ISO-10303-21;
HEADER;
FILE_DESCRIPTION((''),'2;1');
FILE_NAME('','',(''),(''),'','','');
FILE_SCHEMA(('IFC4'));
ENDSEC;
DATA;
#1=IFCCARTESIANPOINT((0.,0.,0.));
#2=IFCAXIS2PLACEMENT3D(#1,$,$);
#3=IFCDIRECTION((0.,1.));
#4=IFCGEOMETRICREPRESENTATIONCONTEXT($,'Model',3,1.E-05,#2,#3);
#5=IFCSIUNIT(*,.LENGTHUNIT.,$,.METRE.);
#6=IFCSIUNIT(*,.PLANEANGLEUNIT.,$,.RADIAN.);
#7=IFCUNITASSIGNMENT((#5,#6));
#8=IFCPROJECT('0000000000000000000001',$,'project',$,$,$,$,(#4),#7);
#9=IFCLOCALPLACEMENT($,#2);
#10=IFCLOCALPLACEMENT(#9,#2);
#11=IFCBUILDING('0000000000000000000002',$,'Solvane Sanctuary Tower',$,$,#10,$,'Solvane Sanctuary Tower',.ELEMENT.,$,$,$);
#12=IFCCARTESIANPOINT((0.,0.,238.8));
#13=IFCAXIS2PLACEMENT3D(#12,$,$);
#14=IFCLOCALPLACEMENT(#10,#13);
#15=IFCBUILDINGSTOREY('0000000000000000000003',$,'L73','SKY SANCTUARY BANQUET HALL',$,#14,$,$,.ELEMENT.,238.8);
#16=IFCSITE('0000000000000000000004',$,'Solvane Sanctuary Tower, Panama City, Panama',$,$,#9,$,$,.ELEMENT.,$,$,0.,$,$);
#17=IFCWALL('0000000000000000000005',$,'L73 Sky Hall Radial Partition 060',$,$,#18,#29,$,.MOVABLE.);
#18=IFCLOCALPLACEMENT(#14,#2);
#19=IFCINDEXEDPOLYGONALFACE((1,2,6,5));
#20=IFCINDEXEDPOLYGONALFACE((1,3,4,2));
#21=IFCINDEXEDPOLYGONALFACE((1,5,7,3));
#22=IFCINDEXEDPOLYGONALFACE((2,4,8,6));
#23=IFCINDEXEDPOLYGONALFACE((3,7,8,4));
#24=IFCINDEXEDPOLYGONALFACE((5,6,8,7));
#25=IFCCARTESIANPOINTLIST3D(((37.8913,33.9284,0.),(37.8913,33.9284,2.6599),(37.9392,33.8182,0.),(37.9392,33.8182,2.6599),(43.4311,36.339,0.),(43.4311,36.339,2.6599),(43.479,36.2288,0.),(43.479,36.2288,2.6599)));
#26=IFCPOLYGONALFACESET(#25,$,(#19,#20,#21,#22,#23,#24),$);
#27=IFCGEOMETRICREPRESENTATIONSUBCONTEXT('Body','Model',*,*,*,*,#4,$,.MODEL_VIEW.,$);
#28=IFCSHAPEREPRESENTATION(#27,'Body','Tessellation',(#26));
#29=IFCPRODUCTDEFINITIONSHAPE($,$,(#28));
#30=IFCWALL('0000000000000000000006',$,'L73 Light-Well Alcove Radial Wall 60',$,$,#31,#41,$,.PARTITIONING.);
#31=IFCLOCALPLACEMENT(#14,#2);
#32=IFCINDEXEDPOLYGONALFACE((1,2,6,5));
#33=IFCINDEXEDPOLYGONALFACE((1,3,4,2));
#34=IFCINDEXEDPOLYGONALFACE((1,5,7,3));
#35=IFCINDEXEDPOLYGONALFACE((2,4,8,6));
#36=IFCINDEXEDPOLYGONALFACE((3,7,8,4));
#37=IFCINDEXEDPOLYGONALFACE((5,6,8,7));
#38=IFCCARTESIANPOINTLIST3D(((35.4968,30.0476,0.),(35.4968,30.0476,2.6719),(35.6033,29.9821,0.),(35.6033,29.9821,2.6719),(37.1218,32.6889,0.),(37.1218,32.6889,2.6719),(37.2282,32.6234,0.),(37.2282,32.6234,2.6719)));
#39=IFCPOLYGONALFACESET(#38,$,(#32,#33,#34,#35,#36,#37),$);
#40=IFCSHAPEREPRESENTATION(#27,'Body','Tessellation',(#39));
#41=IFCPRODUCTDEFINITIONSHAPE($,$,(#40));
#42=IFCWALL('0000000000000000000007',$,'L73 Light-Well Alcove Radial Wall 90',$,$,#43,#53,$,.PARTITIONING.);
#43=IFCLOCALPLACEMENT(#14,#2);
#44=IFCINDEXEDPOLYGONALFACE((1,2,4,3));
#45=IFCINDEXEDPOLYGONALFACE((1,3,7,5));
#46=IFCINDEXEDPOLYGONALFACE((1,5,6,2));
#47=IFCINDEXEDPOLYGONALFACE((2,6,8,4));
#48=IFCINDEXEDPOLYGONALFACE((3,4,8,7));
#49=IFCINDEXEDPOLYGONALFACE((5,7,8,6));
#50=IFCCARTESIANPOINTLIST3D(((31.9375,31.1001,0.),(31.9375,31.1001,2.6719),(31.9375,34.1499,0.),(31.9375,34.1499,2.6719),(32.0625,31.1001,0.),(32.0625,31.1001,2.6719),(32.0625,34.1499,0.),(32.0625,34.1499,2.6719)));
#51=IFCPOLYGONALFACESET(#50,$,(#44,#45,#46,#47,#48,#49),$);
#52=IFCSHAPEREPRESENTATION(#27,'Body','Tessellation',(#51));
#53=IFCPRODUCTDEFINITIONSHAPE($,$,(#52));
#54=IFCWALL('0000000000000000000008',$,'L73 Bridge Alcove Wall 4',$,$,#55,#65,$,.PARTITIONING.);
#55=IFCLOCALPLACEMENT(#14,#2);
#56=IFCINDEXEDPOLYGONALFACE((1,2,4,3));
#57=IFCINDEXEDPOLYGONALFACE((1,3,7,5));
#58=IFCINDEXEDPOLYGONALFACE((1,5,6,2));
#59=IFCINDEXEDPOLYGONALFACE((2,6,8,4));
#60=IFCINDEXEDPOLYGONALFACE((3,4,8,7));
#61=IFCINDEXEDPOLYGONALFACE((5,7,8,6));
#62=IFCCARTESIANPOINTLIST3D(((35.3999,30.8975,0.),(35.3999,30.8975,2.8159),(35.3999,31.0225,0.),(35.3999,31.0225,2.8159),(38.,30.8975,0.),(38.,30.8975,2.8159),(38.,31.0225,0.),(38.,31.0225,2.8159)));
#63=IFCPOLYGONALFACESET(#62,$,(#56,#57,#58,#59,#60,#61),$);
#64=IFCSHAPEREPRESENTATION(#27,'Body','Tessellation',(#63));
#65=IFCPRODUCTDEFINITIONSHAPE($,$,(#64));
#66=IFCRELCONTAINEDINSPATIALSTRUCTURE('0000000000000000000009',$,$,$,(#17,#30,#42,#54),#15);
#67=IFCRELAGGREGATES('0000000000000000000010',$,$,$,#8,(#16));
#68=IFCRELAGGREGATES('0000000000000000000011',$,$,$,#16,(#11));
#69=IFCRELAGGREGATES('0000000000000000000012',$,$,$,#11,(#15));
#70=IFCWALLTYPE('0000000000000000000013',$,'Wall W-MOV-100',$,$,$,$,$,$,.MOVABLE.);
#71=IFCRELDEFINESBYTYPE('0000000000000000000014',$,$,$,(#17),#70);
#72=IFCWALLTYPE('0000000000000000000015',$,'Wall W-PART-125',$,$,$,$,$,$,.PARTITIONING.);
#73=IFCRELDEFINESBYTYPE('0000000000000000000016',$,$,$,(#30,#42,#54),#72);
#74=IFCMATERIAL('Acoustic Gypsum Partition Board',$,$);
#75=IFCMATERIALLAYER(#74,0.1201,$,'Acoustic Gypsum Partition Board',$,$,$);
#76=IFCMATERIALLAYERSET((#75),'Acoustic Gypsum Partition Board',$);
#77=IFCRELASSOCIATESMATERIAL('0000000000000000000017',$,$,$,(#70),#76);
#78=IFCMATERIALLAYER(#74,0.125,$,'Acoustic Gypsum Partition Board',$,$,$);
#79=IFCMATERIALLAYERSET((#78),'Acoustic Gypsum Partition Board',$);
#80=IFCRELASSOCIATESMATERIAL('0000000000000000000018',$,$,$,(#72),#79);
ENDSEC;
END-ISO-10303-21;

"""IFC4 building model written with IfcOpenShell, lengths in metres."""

from ifc_helpers import new_model, si_unit, direction, frame, frame_2d, origin, place, context, subcontext, project, spatial, rectangle, extrude, material, layer, layer_set, type_object, element, save


model = new_model("IFC4")

# Units and contexts
model_context = context("Model", 3, precision=1e-05, world=origin(), true_north=direction((0.0, 1.0)))
body_context = subcontext(model_context, "Body", "Model", "MODEL_VIEW")
ifc_project = project(units=[si_unit("LENGTHUNIT", "METRE"), si_unit("PLANEANGLEUNIT", "RADIAN")], contexts=[model_context])

# Site, building, storey
site_placement = place(None, origin())
site = spatial("IfcSite", under=ifc_project, at=site_placement, Name="Solvane Sanctuary Tower, Panama City, Panama", CompositionType="ELEMENT", RefElevation=0.0)
building_placement = place(site_placement, origin())
building = spatial("IfcBuilding", under=site, at=building_placement, Name="Solvane Sanctuary Tower", LongName="Solvane Sanctuary Tower", CompositionType="ELEMENT")
storey_placement = place(building_placement, frame((0.0, 0.0, 238.8)))
storey = spatial("IfcBuildingStorey", under=building, at=storey_placement, Name="L73", Description="SKY SANCTUARY BANQUET HALL", CompositionType="ELEMENT", Elevation=238.8)

# Shared definitions
ifc_material_1 = material(Name="Acoustic Gypsum Partition Board")

# Walls
ifc_layer_1 = layer(ifc_material_1, 0.1201, Name="Acoustic Gypsum Partition Board")
ifc_layer_set_1 = layer_set([ifc_layer_1], Name="Acoustic Gypsum Partition Board")
wall_type_1 = type_object("IfcWallType", Name="Wall W-MOV-100", PredefinedType="MOVABLE", material=ifc_layer_set_1)
wall_1_placement = place(storey_placement, frame((37.9153, 33.8733, 0.0), z_axis=(0.0, 0.0, 1.0), x_axis=(0.916947, 0.39901, 0.0)))
element("IfcWall", 1, at=wall_1_placement, inside=storey, type_object=wall_type_1, Name="L73 Sky Hall Radial Partition 060", PredefinedType="MOVABLE", context=body_context, shape_type="SweptSolid", body=[
    extrude(rectangle(XDim=6.0415, YDim=0.1201, at=frame_2d((3.0208, 0.0))), origin(), (0.0, 0.0, 1.0), 2.6599),
])
ifc_layer_2 = layer(ifc_material_1, 0.125, Name="Acoustic Gypsum Partition Board")
ifc_layer_set_2 = layer_set([ifc_layer_2], Name="Acoustic Gypsum Partition Board")
wall_type_2 = type_object("IfcWallType", Name="Wall W-PART-125", PredefinedType="PARTITIONING", material=ifc_layer_set_2)
wall_2_placement = place(storey_placement, frame((35.55, 30.0149, 0.0), z_axis=(0.0, 0.0, 1.0), x_axis=(0.523992, 0.851723, 0.0)))
element("IfcWall", 2, at=wall_2_placement, inside=storey, type_object=wall_type_2, Name="L73 Light-Well Alcove Radial Wall 60", PredefinedType="PARTITIONING", context=body_context, shape_type="SweptSolid", body=[
    extrude(rectangle(XDim=3.1011, YDim=0.125, at=frame_2d((1.5505, 0.0))), origin(), (0.0, 0.0, 1.0), 2.6719),
])
wall_3_placement = place(storey_placement, frame((32.0, 31.1001, 0.0), z_axis=(0.0, 0.0, 1.0), x_axis=(0.0, 1.0, 0.0)))
element("IfcWall", 3, at=wall_3_placement, inside=storey, type_object=wall_type_2, Name="L73 Light-Well Alcove Radial Wall 90", PredefinedType="PARTITIONING", context=body_context, shape_type="SweptSolid", body=[
    extrude(rectangle(XDim=3.0498, YDim=0.125, at=frame_2d((1.5249, 0.0))), origin(), (0.0, 0.0, 1.0), 2.6719),
])
wall_4_placement = place(storey_placement, frame((35.3999, 30.96, 0.0), z_axis=(0.0, 0.0, 1.0), x_axis=(1.0, 0.0, 0.0)))
element("IfcWall", 4, at=wall_4_placement, inside=storey, type_object=wall_type_2, Name="L73 Bridge Alcove Wall 4", PredefinedType="PARTITIONING", context=body_context, shape_type="SweptSolid", body=[
    extrude(rectangle(XDim=2.6001, YDim=0.125, at=frame_2d((1.3, 0.0))), origin(), (0.0, 0.0, 1.0), 2.8159),
])

save(model, "model.ifc")
